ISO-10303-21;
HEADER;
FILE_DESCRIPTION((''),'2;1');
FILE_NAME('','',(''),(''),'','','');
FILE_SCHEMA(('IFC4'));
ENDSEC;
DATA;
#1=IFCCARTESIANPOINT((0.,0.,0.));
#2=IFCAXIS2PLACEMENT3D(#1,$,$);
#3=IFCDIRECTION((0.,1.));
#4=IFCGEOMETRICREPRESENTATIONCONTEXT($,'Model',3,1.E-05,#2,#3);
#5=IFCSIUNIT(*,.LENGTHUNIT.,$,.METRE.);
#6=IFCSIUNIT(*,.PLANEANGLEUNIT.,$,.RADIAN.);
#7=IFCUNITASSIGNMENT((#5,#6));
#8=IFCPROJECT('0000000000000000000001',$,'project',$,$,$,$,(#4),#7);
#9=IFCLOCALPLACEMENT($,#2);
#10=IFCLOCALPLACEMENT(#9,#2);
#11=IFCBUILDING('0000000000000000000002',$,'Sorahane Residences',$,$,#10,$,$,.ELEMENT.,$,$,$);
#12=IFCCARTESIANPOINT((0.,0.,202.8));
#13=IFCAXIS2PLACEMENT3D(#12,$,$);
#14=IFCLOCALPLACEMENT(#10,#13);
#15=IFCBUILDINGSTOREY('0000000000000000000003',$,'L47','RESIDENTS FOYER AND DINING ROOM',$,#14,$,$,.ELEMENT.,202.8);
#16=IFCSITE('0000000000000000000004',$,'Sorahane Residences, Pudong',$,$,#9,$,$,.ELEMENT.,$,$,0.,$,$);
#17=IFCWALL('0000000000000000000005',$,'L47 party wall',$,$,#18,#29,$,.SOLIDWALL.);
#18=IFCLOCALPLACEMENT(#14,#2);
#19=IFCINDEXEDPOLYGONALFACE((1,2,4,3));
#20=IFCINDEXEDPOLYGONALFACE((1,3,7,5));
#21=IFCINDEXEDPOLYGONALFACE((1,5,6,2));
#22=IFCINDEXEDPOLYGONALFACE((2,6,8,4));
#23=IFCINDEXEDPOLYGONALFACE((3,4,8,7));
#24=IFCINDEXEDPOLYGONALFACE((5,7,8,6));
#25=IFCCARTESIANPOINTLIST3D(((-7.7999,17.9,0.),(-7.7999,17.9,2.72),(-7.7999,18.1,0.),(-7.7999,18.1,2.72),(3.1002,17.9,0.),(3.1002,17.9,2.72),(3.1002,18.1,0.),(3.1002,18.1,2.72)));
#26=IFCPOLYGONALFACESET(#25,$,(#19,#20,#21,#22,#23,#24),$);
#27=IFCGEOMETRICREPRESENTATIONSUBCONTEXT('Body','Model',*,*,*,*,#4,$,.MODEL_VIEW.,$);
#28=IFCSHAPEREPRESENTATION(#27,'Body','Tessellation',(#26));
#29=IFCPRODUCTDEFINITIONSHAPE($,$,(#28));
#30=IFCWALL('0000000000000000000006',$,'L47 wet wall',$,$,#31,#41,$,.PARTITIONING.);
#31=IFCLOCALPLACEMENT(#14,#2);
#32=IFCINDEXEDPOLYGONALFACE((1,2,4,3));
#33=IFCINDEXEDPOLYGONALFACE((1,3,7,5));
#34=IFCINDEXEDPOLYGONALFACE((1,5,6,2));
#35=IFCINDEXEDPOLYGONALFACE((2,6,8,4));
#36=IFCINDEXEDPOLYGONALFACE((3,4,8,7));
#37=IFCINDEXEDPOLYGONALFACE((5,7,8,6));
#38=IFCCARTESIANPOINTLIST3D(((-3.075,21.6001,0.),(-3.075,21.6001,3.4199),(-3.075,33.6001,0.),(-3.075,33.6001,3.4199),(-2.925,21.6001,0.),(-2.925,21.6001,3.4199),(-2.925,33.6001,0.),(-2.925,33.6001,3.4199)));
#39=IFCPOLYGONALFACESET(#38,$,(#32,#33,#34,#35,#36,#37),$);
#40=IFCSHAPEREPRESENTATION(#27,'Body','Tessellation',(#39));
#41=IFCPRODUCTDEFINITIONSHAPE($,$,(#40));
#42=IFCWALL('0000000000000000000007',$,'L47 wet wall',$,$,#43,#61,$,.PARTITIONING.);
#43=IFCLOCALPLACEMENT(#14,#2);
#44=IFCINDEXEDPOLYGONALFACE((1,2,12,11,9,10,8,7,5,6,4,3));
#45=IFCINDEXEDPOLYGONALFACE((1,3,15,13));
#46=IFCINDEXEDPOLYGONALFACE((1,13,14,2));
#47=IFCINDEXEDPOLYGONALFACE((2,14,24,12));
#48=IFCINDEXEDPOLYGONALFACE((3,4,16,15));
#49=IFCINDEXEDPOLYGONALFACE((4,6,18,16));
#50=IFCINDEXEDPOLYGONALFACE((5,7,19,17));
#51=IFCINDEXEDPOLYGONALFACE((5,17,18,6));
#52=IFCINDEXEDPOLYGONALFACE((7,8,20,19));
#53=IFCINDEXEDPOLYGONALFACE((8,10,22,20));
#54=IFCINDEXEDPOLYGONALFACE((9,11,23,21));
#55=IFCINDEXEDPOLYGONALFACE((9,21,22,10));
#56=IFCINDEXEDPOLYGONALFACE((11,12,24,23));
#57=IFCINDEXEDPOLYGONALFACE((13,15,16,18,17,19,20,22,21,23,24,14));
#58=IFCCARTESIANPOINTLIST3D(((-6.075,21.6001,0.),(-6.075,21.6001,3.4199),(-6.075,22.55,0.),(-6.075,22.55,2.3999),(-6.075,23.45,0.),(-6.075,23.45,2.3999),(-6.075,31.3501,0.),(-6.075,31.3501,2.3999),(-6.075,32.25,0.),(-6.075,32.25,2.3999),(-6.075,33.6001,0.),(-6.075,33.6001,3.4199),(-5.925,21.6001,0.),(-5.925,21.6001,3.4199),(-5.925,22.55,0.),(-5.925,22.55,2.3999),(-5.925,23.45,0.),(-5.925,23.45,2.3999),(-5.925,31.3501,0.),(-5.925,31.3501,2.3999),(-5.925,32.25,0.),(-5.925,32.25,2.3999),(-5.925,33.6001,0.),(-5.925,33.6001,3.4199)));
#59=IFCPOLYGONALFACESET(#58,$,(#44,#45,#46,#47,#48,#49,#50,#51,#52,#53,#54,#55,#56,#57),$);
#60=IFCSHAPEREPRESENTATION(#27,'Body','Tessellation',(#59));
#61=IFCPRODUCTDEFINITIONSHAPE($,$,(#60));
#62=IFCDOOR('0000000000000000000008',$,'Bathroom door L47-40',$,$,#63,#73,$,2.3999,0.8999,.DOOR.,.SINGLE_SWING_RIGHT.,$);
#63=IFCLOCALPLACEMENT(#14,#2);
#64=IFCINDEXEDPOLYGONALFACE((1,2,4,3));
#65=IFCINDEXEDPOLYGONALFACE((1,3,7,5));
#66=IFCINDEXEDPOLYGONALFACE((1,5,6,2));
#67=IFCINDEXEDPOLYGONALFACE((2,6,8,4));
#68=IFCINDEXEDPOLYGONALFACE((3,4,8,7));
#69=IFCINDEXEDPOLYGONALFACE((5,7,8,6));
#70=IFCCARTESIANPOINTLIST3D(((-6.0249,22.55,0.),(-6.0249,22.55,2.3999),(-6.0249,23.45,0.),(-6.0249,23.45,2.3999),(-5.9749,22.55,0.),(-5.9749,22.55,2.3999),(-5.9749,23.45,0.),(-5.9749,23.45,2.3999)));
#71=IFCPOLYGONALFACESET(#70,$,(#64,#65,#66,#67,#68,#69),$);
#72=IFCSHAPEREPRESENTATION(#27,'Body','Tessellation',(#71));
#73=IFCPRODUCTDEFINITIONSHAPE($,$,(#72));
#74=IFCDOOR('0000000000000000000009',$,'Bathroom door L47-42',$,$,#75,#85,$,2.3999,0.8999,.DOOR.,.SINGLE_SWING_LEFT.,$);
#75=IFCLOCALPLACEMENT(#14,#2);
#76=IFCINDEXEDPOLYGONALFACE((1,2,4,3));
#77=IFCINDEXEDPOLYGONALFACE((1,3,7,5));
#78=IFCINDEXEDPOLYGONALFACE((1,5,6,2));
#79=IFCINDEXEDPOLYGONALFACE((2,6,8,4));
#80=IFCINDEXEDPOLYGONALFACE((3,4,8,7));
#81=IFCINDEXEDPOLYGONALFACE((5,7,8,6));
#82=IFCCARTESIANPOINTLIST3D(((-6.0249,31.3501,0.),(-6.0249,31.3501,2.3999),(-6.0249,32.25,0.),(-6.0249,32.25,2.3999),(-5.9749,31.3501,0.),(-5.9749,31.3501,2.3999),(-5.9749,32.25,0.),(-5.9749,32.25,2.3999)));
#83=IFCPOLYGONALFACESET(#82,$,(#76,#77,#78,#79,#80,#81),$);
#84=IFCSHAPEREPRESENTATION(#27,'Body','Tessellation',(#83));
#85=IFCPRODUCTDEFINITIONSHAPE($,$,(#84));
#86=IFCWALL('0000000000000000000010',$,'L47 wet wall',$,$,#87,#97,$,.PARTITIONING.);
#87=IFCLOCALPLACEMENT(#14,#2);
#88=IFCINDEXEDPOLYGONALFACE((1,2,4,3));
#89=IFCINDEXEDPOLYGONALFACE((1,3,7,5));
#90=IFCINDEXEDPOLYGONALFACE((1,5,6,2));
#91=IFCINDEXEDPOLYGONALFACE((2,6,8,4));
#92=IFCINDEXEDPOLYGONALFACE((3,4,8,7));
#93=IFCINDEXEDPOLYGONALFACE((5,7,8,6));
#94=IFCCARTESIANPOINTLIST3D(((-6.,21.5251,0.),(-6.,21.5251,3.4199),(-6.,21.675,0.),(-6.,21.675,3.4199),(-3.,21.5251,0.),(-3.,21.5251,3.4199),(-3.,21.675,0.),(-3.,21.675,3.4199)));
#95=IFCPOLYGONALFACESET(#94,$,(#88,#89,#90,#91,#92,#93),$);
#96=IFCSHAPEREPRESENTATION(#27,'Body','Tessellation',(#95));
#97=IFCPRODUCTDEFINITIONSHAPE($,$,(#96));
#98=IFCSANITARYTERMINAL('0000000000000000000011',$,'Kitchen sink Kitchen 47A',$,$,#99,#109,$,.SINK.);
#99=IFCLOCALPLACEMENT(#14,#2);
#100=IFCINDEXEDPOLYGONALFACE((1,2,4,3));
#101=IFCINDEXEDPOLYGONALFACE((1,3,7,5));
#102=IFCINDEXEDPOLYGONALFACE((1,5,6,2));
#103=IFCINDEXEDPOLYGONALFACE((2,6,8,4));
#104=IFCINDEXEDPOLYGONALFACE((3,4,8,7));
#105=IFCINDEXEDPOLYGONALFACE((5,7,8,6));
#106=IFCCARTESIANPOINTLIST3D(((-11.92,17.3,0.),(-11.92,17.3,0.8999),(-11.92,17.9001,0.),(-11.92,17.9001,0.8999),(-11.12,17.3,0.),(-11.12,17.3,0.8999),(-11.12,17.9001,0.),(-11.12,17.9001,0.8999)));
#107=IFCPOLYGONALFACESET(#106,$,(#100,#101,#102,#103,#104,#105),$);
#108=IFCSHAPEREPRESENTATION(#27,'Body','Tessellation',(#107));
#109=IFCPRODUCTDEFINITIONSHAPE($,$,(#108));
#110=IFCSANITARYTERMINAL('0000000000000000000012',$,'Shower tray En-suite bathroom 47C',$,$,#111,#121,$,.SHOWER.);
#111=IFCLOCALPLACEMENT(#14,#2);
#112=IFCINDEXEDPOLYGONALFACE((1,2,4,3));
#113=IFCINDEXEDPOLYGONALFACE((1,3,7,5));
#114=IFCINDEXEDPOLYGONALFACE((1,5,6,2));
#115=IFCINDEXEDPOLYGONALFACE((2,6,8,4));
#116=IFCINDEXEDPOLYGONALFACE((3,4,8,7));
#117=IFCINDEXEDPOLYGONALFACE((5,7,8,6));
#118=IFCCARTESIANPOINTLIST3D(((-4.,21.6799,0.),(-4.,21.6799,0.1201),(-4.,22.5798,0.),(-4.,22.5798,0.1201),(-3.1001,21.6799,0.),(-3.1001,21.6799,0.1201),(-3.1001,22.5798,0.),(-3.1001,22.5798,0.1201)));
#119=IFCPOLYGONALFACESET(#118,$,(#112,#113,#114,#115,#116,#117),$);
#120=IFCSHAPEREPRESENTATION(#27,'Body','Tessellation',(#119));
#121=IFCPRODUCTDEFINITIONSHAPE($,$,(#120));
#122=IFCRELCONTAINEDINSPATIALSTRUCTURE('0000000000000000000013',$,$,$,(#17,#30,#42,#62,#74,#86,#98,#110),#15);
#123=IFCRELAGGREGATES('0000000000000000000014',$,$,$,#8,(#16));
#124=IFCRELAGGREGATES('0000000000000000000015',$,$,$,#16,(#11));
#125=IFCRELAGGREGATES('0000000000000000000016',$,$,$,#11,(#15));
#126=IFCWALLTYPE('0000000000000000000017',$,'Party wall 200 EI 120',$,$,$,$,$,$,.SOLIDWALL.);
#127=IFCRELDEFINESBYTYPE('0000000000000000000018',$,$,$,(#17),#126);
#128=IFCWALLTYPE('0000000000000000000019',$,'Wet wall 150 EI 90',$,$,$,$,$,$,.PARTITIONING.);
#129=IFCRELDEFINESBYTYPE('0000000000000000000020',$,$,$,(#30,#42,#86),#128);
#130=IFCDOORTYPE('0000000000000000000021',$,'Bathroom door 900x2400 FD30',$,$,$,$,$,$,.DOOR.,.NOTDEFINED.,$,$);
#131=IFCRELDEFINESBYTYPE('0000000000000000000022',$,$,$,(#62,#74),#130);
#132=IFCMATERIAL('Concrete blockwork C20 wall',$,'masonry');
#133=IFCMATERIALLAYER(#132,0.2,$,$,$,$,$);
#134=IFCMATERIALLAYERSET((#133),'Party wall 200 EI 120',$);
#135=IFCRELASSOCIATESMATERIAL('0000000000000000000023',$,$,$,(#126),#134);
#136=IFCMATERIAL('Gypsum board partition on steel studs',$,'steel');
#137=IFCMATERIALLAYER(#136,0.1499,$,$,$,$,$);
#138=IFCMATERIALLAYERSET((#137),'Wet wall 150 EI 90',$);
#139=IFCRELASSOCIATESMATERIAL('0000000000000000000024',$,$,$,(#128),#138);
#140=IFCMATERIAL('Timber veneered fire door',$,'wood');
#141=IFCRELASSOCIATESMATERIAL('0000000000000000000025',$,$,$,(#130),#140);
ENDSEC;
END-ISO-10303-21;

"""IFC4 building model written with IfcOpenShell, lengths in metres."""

from ifc_helpers import new_model, si_unit, direction, frame, frame_2d, origin, origin_2d, place, context, subcontext, project, spatial, rectangle, extrude, material, layer, layer_set, type_object, element, fill, save


model = new_model("IFC4")

# Units and contexts
model_context = context("Model", 3, precision=1e-05, world=origin(), true_north=direction((0.0, 1.0)))
body_context = subcontext(model_context, "Body", "Model", "MODEL_VIEW")
ifc_project = project(units=[si_unit("LENGTHUNIT", "METRE"), si_unit("PLANEANGLEUNIT", "RADIAN")], contexts=[model_context])

# Site, building, storey
site_placement = place(None, origin())
site = spatial("IfcSite", under=ifc_project, at=site_placement, Name="Sorahane Residences, Pudong", CompositionType="ELEMENT", RefElevation=0.0)
building_placement = place(site_placement, origin())
building = spatial("IfcBuilding", under=site, at=building_placement, Name="Sorahane Residences", CompositionType="ELEMENT")
storey_placement = place(building_placement, frame((0.0, 0.0, 202.8)))
storey = spatial("IfcBuildingStorey", under=building, at=storey_placement, Name="L47", Description="RESIDENTS FOYER AND DINING ROOM", CompositionType="ELEMENT", Elevation=202.8)

# Walls
ifc_material_1 = material(Name="Concrete blockwork C20 wall", Category="masonry")
ifc_layer_1 = layer(ifc_material_1, 0.2)
ifc_layer_set_1 = layer_set([ifc_layer_1], Name="Party wall 200 EI 120")
wall_type_1 = type_object("IfcWallType", Name="Party wall 200 EI 120", PredefinedType="SOLIDWALL", material=ifc_layer_set_1)
wall_1_placement = place(storey_placement, frame((-7.8, 18.0, 0.0), z_axis=(0.0, 0.0, 1.0), x_axis=(1.0, 0.0, 0.0)))
element("IfcWall", 1, at=wall_1_placement, inside=storey, type_object=wall_type_1, Name="L47 party wall", PredefinedType="SOLIDWALL", context=body_context, shape_type="SweptSolid", body=[
    extrude(rectangle(XDim=10.9001, YDim=0.2, at=frame_2d((5.4502, 0.0))), origin(), (0.0, 0.0, 1.0), 2.72),
])
ifc_material_2 = material(Name="Gypsum board partition on steel studs", Category="steel")
ifc_layer_2 = layer(ifc_material_2, 0.1499)
ifc_layer_set_2 = layer_set([ifc_layer_2], Name="Wet wall 150 EI 90")
wall_type_2 = type_object("IfcWallType", Name="Wet wall 150 EI 90", PredefinedType="PARTITIONING", material=ifc_layer_set_2)
wall_2_placement = place(storey_placement, frame((-3.0, 21.6001, 0.0), z_axis=(0.0, 0.0, 1.0), x_axis=(0.0, 1.0, 0.0)))
element("IfcWall", 2, at=wall_2_placement, inside=storey, type_object=wall_type_2, Name="L47 wet wall", PredefinedType="PARTITIONING", context=body_context, shape_type="SweptSolid", body=[
    extrude(rectangle(XDim=12.0, YDim=0.1499, at=frame_2d((6.0, 0.0))), origin(), (0.0, 0.0, 1.0), 3.4199),
])

# Wall, openings, doors
wall_3_placement = place(storey_placement, frame((-6.0, 21.6001, 0.0), z_axis=(0.0, 0.0, 1.0), x_axis=(0.0, 1.0, 0.0)))
wall_3 = element("IfcWall", 3, at=wall_3_placement, inside=storey, type_object=wall_type_2, Name="L47 wet wall", PredefinedType="PARTITIONING", context=body_context, shape_type="SweptSolid", body=[
    extrude(rectangle(XDim=12.0, YDim=0.1499, at=frame_2d((6.0, 0.0))), origin(), (0.0, 0.0, 1.0), 3.4199),
])
opening_1_placement = place(wall_3_placement, frame((0.95, 0.0, 0.0)))
opening_1 = element("IfcOpeningElement", 4, at=opening_1_placement, cuts=wall_3, PredefinedType="OPENING", context=body_context, shape_type="SweptSolid", body=[
    extrude(rectangle(XDim=0.8999, YDim=2.3999, at=frame_2d((0.45, 1.2))), frame((0.0, 0.085, 0.0), z_axis=(0.0, -1.0, 0.0), x_axis=(1.0, 0.0, 0.0)), (0.0, 0.0, 1.0), 0.1699),
])
opening_2_placement = place(wall_3_placement, frame((9.75, 0.0, 0.0)))
opening_2 = element("IfcOpeningElement", 5, at=opening_2_placement, cuts=wall_3, PredefinedType="OPENING", context=body_context, shape_type="SweptSolid", body=[
    extrude(rectangle(XDim=0.8999, YDim=2.3999, at=frame_2d((0.45, 1.2))), frame((0.0, 0.085, 0.0), z_axis=(0.0, -1.0, 0.0), x_axis=(1.0, 0.0, 0.0)), (0.0, 0.0, 1.0), 0.1699),
])
ifc_material_3 = material(Name="Timber veneered fire door", Category="wood")
door_type_1 = type_object("IfcDoorType", Name="Bathroom door 900x2400 FD30", OperationType="NOTDEFINED", PredefinedType="DOOR", material=ifc_material_3)
door_1_placement = place(opening_1_placement, origin())
door_1 = element("IfcDoor", 6, at=door_1_placement, inside=storey, type_object=door_type_1, Name="Bathroom door L47-40", OperationType="SINGLE_SWING_RIGHT", OverallHeight=2.3999, OverallWidth=0.8999, PredefinedType="DOOR", context=body_context, shape_type="SweptSolid", body=[
    extrude(rectangle(XDim=0.8999, YDim=2.3999, at=frame_2d((0.45, 1.2))), frame((0.0, 0.0249, 0.0), z_axis=(0.0, -1.0, 0.0), x_axis=(1.0, 0.0, 0.0)), (0.0, 0.0, 1.0), 0.05),
])
fill(opening_1, door_1)
door_2_placement = place(opening_2_placement, origin())
door_2 = element("IfcDoor", 7, at=door_2_placement, inside=storey, type_object=door_type_1, Name="Bathroom door L47-42", OperationType="SINGLE_SWING_LEFT", OverallHeight=2.3999, OverallWidth=0.8999, PredefinedType="DOOR", context=body_context, shape_type="SweptSolid", body=[
    extrude(rectangle(XDim=0.8999, YDim=2.3999, at=frame_2d((0.45, 1.2))), frame((0.0, 0.0249, 0.0), z_axis=(0.0, -1.0, 0.0), x_axis=(1.0, 0.0, 0.0)), (0.0, 0.0, 1.0), 0.05),
])
fill(opening_2, door_2)

# Wall
wall_4_placement = place(storey_placement, frame((-6.0, 21.6001, 0.0), z_axis=(0.0, 0.0, 1.0), x_axis=(1.0, 0.0, 0.0)))
element("IfcWall", 8, at=wall_4_placement, inside=storey, type_object=wall_type_2, Name="L47 wet wall", PredefinedType="PARTITIONING", context=body_context, shape_type="SweptSolid", body=[
    extrude(rectangle(XDim=3.0, YDim=0.1499, at=frame_2d((1.5, 0.0))), origin(), (0.0, 0.0, 1.0), 3.4199),
])

# Sanitary terminals
sanitary_terminal_1_placement = place(storey_placement, frame((-11.52, 17.6001, 0.0), z_axis=(0.0, 0.0, 1.0), x_axis=(1.0, 0.0, 0.0)))
element("IfcSanitaryTerminal", 9, at=sanitary_terminal_1_placement, inside=storey, Name="Kitchen sink Kitchen 47A", PredefinedType="SINK", context=body_context, shape_type="SweptSolid", body=[
    extrude(rectangle(XDim=0.8, YDim=0.6001, at=origin_2d()), origin(), (0.0, 0.0, 1.0), 0.8999),
])
sanitary_terminal_2_placement = place(storey_placement, frame((-3.55, 22.1299, 0.0), z_axis=(0.0, 0.0, 1.0), x_axis=(0.0, -1.0, 0.0)))
element("IfcSanitaryTerminal", 10, at=sanitary_terminal_2_placement, inside=storey, Name="Shower tray En-suite bathroom 47C", PredefinedType="SHOWER", context=body_context, shape_type="SweptSolid", body=[
    extrude(rectangle(XDim=0.8999, YDim=0.8999, at=origin_2d()), origin(), (0.0, 0.0, 1.0), 0.1201),
])

save(model, "model.ifc")
